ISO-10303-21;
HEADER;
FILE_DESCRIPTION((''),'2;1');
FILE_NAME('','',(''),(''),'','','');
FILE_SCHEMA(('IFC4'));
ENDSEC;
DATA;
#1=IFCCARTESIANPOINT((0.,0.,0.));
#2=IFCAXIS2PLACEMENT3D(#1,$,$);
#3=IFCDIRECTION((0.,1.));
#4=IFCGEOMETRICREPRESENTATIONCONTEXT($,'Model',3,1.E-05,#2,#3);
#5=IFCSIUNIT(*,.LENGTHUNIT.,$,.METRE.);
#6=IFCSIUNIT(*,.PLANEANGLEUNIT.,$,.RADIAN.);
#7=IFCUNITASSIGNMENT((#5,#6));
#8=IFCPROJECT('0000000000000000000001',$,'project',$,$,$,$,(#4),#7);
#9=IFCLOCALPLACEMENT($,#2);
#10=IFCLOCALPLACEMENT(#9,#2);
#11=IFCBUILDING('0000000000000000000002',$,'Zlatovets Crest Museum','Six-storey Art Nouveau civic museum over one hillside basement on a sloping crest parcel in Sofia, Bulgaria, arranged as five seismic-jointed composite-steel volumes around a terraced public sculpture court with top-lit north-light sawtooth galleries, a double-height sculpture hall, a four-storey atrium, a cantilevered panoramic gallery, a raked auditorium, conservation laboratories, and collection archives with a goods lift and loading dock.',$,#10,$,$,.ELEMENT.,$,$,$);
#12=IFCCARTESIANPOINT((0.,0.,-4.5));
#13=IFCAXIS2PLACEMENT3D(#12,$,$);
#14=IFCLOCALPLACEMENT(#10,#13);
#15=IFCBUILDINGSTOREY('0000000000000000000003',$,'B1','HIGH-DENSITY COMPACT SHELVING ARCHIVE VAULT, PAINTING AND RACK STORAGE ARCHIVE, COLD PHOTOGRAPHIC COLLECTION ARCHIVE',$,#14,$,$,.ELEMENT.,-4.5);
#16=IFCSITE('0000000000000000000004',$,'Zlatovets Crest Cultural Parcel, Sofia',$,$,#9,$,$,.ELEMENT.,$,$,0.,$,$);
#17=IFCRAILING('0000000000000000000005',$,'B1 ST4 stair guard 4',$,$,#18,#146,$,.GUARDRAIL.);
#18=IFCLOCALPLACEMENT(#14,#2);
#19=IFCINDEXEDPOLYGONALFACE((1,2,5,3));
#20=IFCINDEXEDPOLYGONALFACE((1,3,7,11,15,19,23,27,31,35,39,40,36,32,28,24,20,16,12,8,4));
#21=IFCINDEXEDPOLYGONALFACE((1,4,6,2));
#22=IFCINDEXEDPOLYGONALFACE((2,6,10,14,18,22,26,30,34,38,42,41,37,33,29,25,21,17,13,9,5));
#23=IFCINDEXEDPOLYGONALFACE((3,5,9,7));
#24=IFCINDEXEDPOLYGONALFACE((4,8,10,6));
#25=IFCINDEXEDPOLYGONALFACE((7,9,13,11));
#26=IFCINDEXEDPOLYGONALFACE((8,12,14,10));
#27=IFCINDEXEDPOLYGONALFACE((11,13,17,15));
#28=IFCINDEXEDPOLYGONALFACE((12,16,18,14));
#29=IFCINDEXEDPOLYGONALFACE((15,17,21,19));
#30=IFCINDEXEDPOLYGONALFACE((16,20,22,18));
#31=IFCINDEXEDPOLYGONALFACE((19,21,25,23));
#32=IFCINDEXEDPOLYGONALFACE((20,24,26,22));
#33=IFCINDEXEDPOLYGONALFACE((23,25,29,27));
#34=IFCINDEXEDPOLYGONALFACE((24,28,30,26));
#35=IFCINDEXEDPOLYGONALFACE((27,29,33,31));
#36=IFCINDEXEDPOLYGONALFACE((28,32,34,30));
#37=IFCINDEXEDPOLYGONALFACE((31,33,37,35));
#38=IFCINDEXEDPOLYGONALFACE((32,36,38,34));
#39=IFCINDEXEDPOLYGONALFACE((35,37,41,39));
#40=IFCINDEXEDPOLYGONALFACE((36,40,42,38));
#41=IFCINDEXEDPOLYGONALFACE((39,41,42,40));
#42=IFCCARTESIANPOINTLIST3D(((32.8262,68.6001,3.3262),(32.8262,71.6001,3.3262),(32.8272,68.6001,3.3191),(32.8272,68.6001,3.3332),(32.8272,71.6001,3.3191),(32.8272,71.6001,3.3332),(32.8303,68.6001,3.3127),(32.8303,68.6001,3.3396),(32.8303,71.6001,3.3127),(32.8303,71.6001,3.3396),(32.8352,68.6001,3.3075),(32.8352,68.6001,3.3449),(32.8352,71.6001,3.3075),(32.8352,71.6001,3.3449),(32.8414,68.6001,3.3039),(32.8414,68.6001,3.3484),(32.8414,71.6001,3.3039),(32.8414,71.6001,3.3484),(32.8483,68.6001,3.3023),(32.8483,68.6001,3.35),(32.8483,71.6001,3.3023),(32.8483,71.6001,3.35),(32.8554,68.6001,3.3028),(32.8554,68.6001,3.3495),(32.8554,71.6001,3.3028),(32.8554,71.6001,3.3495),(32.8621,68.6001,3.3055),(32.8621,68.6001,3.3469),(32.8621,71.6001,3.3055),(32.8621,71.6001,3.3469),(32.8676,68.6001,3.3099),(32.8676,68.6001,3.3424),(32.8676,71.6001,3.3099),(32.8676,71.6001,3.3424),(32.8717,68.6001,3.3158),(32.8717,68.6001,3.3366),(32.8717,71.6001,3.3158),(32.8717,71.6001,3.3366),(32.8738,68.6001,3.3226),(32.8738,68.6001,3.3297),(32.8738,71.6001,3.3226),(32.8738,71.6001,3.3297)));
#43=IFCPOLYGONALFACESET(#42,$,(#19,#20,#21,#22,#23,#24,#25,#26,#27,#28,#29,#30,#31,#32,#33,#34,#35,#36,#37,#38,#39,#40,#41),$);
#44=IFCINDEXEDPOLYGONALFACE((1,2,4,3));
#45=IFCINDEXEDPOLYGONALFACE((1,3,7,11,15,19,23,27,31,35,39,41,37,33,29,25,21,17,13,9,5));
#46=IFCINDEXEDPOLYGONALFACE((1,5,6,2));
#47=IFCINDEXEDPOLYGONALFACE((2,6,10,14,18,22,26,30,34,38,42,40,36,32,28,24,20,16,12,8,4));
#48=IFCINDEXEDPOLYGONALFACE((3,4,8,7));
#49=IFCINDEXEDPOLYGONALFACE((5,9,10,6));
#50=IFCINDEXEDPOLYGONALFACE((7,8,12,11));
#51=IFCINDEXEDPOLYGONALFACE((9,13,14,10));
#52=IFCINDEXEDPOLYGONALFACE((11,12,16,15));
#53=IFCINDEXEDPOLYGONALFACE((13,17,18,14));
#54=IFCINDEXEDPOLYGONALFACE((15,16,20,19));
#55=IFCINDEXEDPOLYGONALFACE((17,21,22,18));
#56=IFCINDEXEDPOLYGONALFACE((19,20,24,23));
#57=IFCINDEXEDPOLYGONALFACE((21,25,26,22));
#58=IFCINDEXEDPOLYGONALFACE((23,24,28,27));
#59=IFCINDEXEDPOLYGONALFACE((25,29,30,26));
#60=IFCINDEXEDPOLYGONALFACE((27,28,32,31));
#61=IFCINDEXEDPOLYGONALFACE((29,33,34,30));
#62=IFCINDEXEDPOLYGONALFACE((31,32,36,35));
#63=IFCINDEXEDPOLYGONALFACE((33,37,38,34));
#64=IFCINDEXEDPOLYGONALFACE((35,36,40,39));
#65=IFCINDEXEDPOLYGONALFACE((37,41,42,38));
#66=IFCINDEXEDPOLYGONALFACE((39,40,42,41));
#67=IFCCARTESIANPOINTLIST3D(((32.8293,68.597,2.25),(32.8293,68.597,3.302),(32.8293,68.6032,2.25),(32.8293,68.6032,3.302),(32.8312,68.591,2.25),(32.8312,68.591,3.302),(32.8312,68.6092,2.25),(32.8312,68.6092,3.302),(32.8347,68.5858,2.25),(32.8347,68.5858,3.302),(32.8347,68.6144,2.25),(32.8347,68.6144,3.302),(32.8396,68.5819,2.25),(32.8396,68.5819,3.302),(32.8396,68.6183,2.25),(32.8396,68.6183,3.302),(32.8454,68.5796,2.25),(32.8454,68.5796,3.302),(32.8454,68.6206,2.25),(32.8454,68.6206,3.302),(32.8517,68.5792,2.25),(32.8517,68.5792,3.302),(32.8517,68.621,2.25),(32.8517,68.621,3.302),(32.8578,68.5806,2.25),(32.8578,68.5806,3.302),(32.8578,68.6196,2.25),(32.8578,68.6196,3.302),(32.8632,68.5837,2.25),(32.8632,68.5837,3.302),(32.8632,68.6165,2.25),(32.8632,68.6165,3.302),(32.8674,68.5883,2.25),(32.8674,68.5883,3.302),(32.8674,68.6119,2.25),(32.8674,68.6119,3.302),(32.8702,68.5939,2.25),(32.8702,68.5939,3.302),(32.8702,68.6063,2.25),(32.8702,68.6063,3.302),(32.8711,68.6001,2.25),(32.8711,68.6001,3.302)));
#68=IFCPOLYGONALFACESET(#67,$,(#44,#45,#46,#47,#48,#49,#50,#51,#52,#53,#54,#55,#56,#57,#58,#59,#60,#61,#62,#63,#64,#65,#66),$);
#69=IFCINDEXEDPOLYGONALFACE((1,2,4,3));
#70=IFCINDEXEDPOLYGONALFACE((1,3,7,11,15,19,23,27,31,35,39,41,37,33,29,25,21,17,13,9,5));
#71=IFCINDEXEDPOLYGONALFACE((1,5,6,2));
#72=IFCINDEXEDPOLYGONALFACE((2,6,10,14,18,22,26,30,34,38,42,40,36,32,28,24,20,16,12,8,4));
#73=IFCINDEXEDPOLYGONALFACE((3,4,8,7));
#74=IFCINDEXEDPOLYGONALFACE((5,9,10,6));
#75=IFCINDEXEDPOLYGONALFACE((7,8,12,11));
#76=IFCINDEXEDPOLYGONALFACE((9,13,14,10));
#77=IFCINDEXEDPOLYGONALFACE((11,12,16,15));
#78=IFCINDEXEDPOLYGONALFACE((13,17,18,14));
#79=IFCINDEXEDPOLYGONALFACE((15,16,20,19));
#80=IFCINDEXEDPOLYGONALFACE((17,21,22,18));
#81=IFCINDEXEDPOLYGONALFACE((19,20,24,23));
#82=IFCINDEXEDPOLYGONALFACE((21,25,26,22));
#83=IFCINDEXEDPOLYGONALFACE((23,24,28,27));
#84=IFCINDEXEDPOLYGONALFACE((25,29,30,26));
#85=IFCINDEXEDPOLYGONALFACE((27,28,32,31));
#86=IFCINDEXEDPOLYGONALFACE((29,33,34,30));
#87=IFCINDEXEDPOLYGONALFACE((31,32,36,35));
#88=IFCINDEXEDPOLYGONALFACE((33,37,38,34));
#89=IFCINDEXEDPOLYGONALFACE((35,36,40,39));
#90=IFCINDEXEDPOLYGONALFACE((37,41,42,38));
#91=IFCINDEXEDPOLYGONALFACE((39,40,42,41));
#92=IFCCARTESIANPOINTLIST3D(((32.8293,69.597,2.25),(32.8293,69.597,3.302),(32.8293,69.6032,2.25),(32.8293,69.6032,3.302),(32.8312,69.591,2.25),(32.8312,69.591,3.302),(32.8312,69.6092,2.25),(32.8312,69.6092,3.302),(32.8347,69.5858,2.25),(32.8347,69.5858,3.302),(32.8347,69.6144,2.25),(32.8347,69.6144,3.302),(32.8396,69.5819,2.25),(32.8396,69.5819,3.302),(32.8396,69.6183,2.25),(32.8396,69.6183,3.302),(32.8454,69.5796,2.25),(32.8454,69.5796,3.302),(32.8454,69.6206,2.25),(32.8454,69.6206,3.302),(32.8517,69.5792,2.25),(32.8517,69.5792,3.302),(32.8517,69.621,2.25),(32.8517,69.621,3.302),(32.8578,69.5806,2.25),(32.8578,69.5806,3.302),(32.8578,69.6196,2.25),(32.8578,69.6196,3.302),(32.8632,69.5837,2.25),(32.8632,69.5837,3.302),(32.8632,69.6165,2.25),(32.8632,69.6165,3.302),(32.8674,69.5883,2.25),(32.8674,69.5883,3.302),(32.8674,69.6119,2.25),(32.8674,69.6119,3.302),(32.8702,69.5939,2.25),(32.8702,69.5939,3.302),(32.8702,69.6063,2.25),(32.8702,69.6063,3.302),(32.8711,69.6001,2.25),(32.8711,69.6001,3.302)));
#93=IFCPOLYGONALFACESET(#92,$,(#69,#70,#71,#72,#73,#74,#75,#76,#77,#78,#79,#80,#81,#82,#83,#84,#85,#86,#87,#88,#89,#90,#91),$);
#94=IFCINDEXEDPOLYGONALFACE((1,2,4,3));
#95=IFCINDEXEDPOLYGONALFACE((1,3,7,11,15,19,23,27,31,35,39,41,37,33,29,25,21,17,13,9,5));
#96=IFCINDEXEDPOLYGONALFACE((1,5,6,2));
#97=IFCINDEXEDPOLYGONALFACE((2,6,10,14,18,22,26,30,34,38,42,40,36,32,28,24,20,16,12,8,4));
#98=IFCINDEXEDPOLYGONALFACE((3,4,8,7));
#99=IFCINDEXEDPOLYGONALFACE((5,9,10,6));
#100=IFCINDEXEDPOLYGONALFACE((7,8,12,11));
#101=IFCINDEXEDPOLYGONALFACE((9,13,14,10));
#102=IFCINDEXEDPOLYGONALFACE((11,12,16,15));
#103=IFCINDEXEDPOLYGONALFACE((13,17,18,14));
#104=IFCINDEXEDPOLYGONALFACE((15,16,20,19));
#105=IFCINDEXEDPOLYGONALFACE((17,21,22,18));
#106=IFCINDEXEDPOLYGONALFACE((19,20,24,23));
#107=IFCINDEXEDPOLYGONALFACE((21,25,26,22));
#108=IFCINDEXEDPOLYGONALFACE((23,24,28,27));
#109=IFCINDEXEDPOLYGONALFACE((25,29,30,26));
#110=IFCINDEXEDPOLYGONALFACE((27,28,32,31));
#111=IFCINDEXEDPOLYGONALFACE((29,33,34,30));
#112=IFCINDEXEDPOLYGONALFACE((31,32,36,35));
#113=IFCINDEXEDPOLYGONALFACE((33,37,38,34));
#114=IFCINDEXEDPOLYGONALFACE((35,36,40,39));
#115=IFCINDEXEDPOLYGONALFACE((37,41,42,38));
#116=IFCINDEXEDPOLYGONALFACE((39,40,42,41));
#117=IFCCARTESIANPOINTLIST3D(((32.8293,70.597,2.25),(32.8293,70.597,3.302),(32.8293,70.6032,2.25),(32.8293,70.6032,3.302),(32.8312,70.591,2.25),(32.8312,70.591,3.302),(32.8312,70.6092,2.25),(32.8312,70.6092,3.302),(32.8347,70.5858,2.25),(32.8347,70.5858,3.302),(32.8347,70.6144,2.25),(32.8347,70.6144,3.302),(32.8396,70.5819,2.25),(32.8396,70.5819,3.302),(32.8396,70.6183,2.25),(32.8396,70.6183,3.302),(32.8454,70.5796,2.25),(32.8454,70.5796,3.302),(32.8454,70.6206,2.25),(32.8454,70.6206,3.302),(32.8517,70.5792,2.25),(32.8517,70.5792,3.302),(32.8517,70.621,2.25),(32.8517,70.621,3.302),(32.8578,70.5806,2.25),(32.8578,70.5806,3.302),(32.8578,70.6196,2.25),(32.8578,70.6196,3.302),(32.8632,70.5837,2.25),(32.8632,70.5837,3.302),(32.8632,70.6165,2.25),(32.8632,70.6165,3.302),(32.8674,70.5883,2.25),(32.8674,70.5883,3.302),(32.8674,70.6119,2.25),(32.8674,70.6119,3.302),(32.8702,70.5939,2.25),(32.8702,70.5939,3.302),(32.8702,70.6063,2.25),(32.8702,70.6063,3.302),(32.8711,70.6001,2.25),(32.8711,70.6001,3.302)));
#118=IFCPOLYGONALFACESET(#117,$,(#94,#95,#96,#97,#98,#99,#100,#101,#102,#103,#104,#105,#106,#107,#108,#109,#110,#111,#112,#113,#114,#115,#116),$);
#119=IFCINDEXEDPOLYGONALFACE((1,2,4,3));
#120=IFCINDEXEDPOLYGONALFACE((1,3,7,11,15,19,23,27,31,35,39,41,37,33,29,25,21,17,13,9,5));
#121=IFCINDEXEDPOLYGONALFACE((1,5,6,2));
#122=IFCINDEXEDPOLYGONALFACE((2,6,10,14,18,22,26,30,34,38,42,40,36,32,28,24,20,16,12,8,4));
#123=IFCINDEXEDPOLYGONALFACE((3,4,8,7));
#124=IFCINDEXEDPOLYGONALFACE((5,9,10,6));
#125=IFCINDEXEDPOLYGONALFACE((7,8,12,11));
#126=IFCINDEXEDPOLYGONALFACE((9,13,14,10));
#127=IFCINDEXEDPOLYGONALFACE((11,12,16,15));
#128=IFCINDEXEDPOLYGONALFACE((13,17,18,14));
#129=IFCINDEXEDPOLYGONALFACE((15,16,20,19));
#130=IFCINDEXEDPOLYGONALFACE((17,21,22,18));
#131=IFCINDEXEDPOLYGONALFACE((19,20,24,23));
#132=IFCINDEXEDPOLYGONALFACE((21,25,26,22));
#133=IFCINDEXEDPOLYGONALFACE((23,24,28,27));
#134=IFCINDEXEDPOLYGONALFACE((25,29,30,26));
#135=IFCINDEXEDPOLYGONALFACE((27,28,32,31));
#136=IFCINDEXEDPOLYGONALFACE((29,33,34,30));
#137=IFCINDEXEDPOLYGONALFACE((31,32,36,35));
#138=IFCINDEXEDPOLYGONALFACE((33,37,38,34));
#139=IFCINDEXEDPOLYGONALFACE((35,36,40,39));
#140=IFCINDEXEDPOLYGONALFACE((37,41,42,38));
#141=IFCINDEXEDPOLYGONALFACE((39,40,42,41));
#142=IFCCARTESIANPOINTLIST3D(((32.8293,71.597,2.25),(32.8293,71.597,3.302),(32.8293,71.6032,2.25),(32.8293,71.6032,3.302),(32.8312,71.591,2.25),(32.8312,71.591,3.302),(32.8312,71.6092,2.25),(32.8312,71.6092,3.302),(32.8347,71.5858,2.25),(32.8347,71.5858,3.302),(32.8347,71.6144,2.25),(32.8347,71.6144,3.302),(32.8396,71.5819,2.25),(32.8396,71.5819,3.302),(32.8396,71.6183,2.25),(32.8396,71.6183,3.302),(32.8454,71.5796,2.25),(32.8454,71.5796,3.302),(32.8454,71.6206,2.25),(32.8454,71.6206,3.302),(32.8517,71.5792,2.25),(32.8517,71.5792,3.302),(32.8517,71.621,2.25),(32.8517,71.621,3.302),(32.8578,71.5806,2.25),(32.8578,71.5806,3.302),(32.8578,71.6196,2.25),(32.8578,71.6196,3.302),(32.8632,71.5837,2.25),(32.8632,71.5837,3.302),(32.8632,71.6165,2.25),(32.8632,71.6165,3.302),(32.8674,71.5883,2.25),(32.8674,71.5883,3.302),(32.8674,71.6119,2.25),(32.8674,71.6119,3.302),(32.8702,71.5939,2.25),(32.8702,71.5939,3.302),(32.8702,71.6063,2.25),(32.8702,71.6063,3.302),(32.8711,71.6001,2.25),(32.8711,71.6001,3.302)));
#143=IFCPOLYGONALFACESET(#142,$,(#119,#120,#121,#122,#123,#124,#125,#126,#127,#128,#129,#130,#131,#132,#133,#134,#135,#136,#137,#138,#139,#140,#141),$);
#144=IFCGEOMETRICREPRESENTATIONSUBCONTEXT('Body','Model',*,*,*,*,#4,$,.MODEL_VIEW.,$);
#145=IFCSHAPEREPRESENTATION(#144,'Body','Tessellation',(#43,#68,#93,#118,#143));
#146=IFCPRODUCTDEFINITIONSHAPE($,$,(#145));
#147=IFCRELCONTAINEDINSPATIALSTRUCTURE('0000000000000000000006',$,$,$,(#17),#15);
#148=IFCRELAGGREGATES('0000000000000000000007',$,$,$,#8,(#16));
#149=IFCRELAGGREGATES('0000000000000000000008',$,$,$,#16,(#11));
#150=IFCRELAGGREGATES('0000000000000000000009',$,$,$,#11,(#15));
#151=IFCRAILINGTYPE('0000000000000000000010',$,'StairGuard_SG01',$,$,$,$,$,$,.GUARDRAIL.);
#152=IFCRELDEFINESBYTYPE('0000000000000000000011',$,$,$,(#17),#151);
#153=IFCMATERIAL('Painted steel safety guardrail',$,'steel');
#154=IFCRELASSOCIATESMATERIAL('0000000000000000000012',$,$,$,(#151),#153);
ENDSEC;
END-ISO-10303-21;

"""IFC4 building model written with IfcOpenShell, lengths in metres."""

from ifc_helpers import new_model, si_unit, direction, frame, origin, origin_2d, place, context, subcontext, project, spatial, circle, extrude, material, type_object, element, save


model = new_model("IFC4")

# Units and contexts
model_context = context("Model", 3, precision=1e-05, world=origin(), true_north=direction((0.0, 1.0)))
body_context = subcontext(model_context, "Body", "Model", "MODEL_VIEW")
ifc_project = project(units=[si_unit("LENGTHUNIT", "METRE"), si_unit("PLANEANGLEUNIT", "RADIAN")], contexts=[model_context])

# Site, building, storey
site_placement = place(None, origin())
site = spatial("IfcSite", under=ifc_project, at=site_placement, Name="Zlatovets Crest Cultural Parcel, Sofia", CompositionType="ELEMENT", RefElevation=0.0)
building_placement = place(site_placement, origin())
building = spatial("IfcBuilding", under=site, at=building_placement, Name="Zlatovets Crest Museum", Description="Six-storey Art Nouveau civic museum over one hillside basement on a sloping crest parcel in Sofia, Bulgaria, arranged as five seismic-jointed composite-steel volumes around a terraced public sculpture court with top-lit north-light sawtooth galleries, a double-height sculpture hall, a four-storey atrium, a cantilevered panoramic gallery, a raked auditorium, conservation laboratories, and collection archives with a goods lift and loading dock.", CompositionType="ELEMENT")
storey_placement = place(building_placement, frame((0.0, 0.0, -4.5)))
storey = spatial("IfcBuildingStorey", under=building, at=storey_placement, Name="B1", Description="HIGH-DENSITY COMPACT SHELVING ARCHIVE VAULT, PAINTING AND RACK STORAGE ARCHIVE, COLD PHOTOGRAPHIC COLLECTION ARCHIVE", CompositionType="ELEMENT", Elevation=-4.5)

# Railing
ifc_material_1 = material(Name="Painted steel safety guardrail", Category="steel")
railing_type_1 = type_object("IfcRailingType", Name="StairGuard_SG01", PredefinedType="GUARDRAIL", material=ifc_material_1)
for number, where, name in (
    (1, (32.8501, 68.6001, 2.25), "B1 ST4 stair guard 4"),
):
    element("IfcRailing", number, at=place(storey_placement, frame(where)), inside=storey, type_object=railing_type_1, Name=name, PredefinedType="GUARDRAIL", context=body_context, shape_type="SweptSolid", body=[
        extrude(circle(Radius=0.0239, at=origin_2d()), frame((0.0, 0.0, 1.0762), z_axis=(0.0, 1.0, 0.0), x_axis=(-1.0, 0.0, 0.0)), (0.0, 0.0, 1.0), 3.0),
        extrude(circle(Radius=0.021, at=origin_2d()), origin(), (0.0, 0.0, 1.0), 1.052),
        extrude(circle(Radius=0.021, at=origin_2d()), frame((0.0, 1.0, 0.0)), (0.0, 0.0, 1.0), 1.052),
        extrude(circle(Radius=0.021, at=origin_2d()), frame((0.0, 2.0, 0.0)), (0.0, 0.0, 1.0), 1.052),
        extrude(circle(Radius=0.021, at=origin_2d()), frame((0.0, 3.0, 0.0)), (0.0, 0.0, 1.0), 1.052),
    ])

save(model, "model.ifc")
